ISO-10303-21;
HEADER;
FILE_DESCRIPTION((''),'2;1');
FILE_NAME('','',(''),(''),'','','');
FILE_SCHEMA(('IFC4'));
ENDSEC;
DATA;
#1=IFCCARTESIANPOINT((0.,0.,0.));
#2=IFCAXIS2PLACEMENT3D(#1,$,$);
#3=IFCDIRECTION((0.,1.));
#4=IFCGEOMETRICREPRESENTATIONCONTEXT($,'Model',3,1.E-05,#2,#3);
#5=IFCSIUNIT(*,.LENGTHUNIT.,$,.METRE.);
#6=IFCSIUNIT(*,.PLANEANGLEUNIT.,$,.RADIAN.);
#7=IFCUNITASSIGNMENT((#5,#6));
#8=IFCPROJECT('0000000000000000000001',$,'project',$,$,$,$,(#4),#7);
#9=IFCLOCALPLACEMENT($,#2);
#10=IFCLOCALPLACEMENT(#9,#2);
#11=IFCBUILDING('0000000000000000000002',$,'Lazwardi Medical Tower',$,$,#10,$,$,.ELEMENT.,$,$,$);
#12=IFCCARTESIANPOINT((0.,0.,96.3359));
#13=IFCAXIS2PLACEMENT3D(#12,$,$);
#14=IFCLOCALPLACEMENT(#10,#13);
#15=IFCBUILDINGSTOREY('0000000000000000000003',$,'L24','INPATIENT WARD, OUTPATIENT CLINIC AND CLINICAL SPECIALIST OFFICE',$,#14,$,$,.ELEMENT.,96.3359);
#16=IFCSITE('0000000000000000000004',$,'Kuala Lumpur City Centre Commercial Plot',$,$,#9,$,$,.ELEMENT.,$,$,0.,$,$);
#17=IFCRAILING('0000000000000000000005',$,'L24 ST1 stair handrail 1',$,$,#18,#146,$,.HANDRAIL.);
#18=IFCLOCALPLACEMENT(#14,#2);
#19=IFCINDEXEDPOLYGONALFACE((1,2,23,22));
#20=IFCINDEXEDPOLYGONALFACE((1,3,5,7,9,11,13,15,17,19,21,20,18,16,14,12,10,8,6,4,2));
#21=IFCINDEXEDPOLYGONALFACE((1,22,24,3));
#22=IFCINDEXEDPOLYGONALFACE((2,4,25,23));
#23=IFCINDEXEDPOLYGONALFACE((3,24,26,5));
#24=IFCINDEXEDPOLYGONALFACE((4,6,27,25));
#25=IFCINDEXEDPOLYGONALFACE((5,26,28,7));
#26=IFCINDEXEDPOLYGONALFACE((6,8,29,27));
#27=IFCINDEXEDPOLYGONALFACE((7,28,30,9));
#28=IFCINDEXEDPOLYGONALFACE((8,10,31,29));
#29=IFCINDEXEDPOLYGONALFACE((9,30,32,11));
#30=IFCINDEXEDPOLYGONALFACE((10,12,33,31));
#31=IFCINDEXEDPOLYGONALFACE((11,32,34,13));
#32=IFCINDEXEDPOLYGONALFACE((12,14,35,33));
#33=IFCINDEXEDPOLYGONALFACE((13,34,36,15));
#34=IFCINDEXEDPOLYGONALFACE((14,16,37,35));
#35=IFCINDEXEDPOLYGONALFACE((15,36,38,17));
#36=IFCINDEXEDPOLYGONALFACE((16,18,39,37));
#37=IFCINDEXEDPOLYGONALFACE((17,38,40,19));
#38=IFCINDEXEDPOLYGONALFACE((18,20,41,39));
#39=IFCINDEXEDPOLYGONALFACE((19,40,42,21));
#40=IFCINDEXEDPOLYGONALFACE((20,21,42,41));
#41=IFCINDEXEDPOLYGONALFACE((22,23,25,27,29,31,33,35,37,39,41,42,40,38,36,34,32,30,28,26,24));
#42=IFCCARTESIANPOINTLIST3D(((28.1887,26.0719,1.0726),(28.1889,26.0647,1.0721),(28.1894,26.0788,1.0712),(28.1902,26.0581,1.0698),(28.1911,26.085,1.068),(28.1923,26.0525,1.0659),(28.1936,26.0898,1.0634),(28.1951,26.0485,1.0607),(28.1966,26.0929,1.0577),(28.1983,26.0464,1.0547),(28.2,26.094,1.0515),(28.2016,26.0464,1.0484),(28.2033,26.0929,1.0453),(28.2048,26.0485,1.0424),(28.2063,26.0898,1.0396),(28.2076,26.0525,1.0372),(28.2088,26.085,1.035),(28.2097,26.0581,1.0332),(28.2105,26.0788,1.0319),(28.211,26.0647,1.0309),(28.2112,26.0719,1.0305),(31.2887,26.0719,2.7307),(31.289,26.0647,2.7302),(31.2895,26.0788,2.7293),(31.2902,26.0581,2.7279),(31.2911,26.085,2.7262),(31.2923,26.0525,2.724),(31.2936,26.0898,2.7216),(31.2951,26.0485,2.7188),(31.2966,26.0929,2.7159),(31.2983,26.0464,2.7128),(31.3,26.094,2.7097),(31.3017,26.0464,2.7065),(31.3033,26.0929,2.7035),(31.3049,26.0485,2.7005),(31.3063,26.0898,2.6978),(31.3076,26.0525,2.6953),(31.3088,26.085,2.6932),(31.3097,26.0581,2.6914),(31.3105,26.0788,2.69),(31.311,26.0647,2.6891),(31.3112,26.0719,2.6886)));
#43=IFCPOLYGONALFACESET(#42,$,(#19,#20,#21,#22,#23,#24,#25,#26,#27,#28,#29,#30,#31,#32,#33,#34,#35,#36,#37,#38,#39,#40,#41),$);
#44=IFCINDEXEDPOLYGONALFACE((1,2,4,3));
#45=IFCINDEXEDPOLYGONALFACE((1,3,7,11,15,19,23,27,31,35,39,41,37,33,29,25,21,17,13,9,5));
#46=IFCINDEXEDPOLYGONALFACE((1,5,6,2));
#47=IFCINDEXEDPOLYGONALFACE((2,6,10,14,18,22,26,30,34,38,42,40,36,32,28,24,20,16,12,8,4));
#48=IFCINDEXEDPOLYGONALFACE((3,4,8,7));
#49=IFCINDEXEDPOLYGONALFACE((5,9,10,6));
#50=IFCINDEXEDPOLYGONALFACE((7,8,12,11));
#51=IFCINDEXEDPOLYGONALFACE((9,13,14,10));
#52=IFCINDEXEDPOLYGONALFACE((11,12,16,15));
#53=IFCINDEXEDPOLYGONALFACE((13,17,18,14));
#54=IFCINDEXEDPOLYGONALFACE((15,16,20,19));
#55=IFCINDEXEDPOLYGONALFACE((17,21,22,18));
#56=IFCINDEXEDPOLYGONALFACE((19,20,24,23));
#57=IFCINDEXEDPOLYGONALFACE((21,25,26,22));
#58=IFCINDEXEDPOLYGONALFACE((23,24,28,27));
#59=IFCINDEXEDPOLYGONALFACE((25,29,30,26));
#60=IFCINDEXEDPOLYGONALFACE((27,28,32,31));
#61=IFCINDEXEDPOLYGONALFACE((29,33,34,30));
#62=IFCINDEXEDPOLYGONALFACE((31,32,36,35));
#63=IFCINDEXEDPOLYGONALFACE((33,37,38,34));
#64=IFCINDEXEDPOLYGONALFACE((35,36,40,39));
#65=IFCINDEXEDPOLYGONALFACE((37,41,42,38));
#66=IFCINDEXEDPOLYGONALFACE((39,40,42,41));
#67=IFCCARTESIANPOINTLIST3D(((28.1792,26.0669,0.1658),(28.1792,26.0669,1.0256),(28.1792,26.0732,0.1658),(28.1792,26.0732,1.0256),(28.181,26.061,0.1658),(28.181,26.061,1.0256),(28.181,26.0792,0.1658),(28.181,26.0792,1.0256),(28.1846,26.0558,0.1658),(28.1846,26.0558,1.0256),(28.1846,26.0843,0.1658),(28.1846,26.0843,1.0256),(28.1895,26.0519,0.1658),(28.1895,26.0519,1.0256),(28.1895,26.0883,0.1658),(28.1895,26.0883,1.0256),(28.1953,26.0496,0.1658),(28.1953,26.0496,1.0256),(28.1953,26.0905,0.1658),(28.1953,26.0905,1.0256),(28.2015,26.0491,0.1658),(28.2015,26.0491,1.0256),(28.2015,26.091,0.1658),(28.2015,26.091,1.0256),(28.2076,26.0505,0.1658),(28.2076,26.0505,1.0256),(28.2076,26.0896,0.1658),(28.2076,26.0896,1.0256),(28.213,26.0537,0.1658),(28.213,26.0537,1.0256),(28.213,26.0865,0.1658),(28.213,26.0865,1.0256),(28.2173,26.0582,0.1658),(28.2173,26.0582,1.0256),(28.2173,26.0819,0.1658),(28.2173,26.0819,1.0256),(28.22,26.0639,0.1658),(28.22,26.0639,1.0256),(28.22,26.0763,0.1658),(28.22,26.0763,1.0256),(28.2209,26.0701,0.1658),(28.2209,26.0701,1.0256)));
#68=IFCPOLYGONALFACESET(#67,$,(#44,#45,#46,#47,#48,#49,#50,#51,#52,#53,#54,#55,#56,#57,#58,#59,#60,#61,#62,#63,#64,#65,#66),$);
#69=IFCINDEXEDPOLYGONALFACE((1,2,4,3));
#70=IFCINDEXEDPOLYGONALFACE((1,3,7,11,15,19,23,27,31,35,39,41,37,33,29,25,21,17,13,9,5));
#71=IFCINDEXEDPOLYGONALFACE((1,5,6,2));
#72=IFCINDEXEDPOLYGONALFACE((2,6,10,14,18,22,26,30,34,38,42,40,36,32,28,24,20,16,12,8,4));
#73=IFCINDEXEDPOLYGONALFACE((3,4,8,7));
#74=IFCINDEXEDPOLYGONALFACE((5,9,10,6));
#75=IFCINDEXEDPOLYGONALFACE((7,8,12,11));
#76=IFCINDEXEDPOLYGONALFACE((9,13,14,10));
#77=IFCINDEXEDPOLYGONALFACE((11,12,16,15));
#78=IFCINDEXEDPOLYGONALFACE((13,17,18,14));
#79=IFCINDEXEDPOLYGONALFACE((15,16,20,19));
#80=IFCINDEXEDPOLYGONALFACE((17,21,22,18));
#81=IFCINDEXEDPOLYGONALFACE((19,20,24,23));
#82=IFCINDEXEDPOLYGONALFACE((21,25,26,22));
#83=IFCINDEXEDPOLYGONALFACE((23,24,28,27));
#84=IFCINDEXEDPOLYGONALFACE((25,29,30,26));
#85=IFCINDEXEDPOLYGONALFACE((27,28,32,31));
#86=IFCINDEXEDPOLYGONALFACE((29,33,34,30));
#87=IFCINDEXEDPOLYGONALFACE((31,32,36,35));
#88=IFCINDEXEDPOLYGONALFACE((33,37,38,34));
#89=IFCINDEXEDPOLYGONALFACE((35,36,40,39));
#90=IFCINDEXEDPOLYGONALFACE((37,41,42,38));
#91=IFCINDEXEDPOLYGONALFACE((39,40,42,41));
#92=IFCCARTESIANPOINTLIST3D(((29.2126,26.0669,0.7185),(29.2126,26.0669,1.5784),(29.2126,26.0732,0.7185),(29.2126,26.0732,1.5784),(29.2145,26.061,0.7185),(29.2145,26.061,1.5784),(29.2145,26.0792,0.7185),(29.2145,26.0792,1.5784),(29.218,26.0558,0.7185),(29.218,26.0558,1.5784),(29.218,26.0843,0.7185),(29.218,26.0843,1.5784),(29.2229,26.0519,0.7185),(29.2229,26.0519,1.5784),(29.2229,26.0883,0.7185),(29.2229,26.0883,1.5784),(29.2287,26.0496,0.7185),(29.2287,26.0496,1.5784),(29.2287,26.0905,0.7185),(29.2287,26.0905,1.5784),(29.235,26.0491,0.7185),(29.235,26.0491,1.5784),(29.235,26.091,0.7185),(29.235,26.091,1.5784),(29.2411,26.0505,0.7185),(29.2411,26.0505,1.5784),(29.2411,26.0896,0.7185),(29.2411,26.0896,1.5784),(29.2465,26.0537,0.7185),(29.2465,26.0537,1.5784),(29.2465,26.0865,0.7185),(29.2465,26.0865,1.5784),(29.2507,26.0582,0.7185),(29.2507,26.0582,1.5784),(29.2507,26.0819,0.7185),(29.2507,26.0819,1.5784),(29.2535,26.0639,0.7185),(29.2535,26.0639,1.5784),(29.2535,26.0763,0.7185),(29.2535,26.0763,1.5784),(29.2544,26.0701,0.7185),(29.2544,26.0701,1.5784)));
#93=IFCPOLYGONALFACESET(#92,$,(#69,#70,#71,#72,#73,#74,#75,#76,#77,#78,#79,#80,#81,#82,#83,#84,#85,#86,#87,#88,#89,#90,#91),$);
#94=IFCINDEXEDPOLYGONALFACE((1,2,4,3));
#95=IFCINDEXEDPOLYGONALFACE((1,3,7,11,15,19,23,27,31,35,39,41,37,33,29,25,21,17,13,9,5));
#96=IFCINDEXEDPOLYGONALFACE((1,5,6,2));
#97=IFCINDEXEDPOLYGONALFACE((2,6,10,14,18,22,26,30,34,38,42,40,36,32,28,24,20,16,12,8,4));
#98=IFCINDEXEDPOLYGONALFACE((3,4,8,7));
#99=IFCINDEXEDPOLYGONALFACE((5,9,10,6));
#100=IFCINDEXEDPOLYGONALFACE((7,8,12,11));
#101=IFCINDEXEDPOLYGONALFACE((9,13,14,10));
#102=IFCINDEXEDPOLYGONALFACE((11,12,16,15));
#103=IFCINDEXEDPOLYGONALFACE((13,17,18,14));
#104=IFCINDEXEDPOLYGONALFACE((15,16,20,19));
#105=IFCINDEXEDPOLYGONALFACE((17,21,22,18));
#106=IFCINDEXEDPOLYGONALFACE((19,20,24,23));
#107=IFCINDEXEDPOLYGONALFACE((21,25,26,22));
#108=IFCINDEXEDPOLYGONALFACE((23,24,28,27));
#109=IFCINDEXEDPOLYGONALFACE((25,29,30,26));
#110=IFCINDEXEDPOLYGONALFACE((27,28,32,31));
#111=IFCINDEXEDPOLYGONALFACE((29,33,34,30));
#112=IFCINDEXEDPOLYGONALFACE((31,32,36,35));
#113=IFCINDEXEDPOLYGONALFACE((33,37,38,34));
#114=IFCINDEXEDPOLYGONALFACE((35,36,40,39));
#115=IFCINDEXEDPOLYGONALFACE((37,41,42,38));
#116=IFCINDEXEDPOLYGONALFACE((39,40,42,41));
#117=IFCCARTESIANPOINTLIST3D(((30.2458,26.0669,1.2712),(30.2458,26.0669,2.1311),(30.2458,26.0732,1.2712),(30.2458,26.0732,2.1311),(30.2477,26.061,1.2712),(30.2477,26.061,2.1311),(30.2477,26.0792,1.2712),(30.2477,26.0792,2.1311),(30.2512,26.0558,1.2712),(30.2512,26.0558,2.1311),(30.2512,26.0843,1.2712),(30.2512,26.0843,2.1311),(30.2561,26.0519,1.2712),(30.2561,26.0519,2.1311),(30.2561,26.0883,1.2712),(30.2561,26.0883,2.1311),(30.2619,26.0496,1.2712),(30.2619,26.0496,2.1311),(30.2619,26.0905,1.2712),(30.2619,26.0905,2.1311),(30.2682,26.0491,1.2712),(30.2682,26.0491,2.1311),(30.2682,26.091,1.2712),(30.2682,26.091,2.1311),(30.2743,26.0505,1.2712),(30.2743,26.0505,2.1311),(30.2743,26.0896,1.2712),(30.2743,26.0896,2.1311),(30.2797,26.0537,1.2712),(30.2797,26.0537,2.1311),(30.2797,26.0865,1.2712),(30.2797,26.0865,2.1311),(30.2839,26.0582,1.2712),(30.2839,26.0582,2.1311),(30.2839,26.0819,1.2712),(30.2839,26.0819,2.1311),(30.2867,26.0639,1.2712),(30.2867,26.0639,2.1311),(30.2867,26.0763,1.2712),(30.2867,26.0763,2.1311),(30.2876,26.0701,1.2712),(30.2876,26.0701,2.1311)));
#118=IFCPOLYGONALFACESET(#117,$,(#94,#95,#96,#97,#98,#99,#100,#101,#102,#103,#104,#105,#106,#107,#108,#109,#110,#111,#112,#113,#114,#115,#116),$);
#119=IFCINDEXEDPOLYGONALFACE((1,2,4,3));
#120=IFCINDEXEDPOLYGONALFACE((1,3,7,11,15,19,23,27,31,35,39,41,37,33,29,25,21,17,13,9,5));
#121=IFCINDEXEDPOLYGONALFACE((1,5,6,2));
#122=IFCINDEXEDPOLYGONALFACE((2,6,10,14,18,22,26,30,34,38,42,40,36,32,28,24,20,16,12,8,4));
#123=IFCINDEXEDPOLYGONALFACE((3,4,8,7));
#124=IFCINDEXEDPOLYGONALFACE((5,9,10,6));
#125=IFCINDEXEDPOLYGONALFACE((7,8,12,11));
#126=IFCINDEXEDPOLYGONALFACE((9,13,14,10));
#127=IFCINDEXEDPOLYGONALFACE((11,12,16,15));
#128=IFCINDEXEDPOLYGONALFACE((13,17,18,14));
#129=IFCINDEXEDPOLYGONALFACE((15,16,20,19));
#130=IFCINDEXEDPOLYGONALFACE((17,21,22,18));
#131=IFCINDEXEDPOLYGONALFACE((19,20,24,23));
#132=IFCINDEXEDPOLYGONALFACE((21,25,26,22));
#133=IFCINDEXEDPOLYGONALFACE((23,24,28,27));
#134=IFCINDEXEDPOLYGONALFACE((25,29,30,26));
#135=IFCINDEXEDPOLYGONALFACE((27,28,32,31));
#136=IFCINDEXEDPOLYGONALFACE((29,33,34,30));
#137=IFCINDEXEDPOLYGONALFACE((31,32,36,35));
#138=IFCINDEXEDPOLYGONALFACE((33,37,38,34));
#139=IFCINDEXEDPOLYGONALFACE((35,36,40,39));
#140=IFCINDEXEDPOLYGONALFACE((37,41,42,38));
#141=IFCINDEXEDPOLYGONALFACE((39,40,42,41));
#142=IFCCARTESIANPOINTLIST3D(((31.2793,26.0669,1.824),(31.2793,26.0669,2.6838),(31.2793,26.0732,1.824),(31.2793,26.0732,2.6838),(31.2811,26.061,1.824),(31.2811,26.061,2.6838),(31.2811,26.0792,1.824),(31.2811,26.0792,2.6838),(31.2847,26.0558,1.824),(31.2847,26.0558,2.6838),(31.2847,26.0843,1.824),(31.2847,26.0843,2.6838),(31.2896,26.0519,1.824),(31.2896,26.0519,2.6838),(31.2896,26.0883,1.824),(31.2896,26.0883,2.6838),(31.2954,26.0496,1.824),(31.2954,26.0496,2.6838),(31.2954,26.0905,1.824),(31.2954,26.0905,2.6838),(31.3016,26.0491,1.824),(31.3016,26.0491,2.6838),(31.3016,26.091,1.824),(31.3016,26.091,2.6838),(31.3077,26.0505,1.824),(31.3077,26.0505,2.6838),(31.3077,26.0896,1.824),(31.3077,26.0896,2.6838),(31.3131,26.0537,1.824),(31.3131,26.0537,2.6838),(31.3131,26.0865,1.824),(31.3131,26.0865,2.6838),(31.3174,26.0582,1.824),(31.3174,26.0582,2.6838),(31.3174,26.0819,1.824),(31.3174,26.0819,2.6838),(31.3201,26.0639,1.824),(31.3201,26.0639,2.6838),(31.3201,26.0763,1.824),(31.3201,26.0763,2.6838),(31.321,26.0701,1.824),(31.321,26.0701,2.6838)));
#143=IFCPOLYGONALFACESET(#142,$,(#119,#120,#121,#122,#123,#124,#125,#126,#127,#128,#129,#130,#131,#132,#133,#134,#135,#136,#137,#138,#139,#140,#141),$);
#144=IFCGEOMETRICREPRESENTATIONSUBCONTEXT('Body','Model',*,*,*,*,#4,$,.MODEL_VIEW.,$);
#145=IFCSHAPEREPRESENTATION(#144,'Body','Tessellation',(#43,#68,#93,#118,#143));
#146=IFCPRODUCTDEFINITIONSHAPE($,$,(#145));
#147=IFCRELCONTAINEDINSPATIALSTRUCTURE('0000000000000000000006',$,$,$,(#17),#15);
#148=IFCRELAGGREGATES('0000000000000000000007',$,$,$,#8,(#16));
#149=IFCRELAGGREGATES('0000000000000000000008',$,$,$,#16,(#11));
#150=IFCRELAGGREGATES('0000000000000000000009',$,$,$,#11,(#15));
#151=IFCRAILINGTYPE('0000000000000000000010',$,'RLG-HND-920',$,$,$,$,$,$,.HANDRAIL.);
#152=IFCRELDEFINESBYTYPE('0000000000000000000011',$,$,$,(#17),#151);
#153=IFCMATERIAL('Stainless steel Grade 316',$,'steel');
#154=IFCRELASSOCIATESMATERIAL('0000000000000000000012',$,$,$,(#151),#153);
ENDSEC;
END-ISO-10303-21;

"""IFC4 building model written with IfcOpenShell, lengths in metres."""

from ifc_helpers import new_model, si_unit, direction, frame, origin, origin_2d, place, context, subcontext, project, spatial, circle, extrude, material, type_object, element, save


model = new_model("IFC4")

# Units and contexts
model_context = context("Model", 3, precision=1e-05, world=origin(), true_north=direction((0.0, 1.0)))
body_context = subcontext(model_context, "Body", "Model", "MODEL_VIEW")
ifc_project = project(units=[si_unit("LENGTHUNIT", "METRE"), si_unit("PLANEANGLEUNIT", "RADIAN")], contexts=[model_context])

# Site, building, storey
site_placement = place(None, origin())
site = spatial("IfcSite", under=ifc_project, at=site_placement, Name="Kuala Lumpur City Centre Commercial Plot", CompositionType="ELEMENT", RefElevation=0.0)
building_placement = place(site_placement, origin())
building = spatial("IfcBuilding", under=site, at=building_placement, Name="Lazwardi Medical Tower", CompositionType="ELEMENT")
storey_placement = place(building_placement, frame((0.0, 0.0, 96.3359)))
storey = spatial("IfcBuildingStorey", under=building, at=storey_placement, Name="L24", Description="INPATIENT WARD, OUTPATIENT CLINIC AND CLINICAL SPECIALIST OFFICE", CompositionType="ELEMENT", Elevation=96.3359)

# Railing
ifc_material_1 = material(Name="Stainless steel Grade 316", Category="steel")
railing_type_1 = type_object("IfcRailingType", Name="RLG-HND-920", PredefinedType="HANDRAIL", material=ifc_material_1)
railing_1_placement = place(storey_placement, frame((28.2, 26.0701, 0.1658)))
element("IfcRailing", 1, at=railing_1_placement, inside=storey, type_object=railing_type_1, Name="L24 ST1 stair handrail 1", PredefinedType="HANDRAIL", context=body_context, shape_type="SweptSolid", body=[
    extrude(circle(Radius=0.0239, at=origin_2d()), frame((0.0, 0.0, 0.8857), z_axis=(0.881783, 0.0, 0.471655), x_axis=(0.0, 1.0, 0.0)), (0.0, 0.0, 1.0), 3.5156),
    extrude(circle(Radius=0.021, at=origin_2d()), origin(), (0.0, 0.0, 1.0), 0.8599),
    extrude(circle(Radius=0.021, at=origin_2d()), frame((1.0334, 0.0, 0.5527)), (0.0, 0.0, 1.0), 0.8599),
    extrude(circle(Radius=0.021, at=origin_2d()), frame((2.0667, 0.0, 1.1055)), (0.0, 0.0, 1.0), 0.8599),
    extrude(circle(Radius=0.021, at=origin_2d()), frame((3.1001, 0.0, 1.6582)), (0.0, 0.0, 1.0), 0.8599),
])

save(model, "model.ifc")
